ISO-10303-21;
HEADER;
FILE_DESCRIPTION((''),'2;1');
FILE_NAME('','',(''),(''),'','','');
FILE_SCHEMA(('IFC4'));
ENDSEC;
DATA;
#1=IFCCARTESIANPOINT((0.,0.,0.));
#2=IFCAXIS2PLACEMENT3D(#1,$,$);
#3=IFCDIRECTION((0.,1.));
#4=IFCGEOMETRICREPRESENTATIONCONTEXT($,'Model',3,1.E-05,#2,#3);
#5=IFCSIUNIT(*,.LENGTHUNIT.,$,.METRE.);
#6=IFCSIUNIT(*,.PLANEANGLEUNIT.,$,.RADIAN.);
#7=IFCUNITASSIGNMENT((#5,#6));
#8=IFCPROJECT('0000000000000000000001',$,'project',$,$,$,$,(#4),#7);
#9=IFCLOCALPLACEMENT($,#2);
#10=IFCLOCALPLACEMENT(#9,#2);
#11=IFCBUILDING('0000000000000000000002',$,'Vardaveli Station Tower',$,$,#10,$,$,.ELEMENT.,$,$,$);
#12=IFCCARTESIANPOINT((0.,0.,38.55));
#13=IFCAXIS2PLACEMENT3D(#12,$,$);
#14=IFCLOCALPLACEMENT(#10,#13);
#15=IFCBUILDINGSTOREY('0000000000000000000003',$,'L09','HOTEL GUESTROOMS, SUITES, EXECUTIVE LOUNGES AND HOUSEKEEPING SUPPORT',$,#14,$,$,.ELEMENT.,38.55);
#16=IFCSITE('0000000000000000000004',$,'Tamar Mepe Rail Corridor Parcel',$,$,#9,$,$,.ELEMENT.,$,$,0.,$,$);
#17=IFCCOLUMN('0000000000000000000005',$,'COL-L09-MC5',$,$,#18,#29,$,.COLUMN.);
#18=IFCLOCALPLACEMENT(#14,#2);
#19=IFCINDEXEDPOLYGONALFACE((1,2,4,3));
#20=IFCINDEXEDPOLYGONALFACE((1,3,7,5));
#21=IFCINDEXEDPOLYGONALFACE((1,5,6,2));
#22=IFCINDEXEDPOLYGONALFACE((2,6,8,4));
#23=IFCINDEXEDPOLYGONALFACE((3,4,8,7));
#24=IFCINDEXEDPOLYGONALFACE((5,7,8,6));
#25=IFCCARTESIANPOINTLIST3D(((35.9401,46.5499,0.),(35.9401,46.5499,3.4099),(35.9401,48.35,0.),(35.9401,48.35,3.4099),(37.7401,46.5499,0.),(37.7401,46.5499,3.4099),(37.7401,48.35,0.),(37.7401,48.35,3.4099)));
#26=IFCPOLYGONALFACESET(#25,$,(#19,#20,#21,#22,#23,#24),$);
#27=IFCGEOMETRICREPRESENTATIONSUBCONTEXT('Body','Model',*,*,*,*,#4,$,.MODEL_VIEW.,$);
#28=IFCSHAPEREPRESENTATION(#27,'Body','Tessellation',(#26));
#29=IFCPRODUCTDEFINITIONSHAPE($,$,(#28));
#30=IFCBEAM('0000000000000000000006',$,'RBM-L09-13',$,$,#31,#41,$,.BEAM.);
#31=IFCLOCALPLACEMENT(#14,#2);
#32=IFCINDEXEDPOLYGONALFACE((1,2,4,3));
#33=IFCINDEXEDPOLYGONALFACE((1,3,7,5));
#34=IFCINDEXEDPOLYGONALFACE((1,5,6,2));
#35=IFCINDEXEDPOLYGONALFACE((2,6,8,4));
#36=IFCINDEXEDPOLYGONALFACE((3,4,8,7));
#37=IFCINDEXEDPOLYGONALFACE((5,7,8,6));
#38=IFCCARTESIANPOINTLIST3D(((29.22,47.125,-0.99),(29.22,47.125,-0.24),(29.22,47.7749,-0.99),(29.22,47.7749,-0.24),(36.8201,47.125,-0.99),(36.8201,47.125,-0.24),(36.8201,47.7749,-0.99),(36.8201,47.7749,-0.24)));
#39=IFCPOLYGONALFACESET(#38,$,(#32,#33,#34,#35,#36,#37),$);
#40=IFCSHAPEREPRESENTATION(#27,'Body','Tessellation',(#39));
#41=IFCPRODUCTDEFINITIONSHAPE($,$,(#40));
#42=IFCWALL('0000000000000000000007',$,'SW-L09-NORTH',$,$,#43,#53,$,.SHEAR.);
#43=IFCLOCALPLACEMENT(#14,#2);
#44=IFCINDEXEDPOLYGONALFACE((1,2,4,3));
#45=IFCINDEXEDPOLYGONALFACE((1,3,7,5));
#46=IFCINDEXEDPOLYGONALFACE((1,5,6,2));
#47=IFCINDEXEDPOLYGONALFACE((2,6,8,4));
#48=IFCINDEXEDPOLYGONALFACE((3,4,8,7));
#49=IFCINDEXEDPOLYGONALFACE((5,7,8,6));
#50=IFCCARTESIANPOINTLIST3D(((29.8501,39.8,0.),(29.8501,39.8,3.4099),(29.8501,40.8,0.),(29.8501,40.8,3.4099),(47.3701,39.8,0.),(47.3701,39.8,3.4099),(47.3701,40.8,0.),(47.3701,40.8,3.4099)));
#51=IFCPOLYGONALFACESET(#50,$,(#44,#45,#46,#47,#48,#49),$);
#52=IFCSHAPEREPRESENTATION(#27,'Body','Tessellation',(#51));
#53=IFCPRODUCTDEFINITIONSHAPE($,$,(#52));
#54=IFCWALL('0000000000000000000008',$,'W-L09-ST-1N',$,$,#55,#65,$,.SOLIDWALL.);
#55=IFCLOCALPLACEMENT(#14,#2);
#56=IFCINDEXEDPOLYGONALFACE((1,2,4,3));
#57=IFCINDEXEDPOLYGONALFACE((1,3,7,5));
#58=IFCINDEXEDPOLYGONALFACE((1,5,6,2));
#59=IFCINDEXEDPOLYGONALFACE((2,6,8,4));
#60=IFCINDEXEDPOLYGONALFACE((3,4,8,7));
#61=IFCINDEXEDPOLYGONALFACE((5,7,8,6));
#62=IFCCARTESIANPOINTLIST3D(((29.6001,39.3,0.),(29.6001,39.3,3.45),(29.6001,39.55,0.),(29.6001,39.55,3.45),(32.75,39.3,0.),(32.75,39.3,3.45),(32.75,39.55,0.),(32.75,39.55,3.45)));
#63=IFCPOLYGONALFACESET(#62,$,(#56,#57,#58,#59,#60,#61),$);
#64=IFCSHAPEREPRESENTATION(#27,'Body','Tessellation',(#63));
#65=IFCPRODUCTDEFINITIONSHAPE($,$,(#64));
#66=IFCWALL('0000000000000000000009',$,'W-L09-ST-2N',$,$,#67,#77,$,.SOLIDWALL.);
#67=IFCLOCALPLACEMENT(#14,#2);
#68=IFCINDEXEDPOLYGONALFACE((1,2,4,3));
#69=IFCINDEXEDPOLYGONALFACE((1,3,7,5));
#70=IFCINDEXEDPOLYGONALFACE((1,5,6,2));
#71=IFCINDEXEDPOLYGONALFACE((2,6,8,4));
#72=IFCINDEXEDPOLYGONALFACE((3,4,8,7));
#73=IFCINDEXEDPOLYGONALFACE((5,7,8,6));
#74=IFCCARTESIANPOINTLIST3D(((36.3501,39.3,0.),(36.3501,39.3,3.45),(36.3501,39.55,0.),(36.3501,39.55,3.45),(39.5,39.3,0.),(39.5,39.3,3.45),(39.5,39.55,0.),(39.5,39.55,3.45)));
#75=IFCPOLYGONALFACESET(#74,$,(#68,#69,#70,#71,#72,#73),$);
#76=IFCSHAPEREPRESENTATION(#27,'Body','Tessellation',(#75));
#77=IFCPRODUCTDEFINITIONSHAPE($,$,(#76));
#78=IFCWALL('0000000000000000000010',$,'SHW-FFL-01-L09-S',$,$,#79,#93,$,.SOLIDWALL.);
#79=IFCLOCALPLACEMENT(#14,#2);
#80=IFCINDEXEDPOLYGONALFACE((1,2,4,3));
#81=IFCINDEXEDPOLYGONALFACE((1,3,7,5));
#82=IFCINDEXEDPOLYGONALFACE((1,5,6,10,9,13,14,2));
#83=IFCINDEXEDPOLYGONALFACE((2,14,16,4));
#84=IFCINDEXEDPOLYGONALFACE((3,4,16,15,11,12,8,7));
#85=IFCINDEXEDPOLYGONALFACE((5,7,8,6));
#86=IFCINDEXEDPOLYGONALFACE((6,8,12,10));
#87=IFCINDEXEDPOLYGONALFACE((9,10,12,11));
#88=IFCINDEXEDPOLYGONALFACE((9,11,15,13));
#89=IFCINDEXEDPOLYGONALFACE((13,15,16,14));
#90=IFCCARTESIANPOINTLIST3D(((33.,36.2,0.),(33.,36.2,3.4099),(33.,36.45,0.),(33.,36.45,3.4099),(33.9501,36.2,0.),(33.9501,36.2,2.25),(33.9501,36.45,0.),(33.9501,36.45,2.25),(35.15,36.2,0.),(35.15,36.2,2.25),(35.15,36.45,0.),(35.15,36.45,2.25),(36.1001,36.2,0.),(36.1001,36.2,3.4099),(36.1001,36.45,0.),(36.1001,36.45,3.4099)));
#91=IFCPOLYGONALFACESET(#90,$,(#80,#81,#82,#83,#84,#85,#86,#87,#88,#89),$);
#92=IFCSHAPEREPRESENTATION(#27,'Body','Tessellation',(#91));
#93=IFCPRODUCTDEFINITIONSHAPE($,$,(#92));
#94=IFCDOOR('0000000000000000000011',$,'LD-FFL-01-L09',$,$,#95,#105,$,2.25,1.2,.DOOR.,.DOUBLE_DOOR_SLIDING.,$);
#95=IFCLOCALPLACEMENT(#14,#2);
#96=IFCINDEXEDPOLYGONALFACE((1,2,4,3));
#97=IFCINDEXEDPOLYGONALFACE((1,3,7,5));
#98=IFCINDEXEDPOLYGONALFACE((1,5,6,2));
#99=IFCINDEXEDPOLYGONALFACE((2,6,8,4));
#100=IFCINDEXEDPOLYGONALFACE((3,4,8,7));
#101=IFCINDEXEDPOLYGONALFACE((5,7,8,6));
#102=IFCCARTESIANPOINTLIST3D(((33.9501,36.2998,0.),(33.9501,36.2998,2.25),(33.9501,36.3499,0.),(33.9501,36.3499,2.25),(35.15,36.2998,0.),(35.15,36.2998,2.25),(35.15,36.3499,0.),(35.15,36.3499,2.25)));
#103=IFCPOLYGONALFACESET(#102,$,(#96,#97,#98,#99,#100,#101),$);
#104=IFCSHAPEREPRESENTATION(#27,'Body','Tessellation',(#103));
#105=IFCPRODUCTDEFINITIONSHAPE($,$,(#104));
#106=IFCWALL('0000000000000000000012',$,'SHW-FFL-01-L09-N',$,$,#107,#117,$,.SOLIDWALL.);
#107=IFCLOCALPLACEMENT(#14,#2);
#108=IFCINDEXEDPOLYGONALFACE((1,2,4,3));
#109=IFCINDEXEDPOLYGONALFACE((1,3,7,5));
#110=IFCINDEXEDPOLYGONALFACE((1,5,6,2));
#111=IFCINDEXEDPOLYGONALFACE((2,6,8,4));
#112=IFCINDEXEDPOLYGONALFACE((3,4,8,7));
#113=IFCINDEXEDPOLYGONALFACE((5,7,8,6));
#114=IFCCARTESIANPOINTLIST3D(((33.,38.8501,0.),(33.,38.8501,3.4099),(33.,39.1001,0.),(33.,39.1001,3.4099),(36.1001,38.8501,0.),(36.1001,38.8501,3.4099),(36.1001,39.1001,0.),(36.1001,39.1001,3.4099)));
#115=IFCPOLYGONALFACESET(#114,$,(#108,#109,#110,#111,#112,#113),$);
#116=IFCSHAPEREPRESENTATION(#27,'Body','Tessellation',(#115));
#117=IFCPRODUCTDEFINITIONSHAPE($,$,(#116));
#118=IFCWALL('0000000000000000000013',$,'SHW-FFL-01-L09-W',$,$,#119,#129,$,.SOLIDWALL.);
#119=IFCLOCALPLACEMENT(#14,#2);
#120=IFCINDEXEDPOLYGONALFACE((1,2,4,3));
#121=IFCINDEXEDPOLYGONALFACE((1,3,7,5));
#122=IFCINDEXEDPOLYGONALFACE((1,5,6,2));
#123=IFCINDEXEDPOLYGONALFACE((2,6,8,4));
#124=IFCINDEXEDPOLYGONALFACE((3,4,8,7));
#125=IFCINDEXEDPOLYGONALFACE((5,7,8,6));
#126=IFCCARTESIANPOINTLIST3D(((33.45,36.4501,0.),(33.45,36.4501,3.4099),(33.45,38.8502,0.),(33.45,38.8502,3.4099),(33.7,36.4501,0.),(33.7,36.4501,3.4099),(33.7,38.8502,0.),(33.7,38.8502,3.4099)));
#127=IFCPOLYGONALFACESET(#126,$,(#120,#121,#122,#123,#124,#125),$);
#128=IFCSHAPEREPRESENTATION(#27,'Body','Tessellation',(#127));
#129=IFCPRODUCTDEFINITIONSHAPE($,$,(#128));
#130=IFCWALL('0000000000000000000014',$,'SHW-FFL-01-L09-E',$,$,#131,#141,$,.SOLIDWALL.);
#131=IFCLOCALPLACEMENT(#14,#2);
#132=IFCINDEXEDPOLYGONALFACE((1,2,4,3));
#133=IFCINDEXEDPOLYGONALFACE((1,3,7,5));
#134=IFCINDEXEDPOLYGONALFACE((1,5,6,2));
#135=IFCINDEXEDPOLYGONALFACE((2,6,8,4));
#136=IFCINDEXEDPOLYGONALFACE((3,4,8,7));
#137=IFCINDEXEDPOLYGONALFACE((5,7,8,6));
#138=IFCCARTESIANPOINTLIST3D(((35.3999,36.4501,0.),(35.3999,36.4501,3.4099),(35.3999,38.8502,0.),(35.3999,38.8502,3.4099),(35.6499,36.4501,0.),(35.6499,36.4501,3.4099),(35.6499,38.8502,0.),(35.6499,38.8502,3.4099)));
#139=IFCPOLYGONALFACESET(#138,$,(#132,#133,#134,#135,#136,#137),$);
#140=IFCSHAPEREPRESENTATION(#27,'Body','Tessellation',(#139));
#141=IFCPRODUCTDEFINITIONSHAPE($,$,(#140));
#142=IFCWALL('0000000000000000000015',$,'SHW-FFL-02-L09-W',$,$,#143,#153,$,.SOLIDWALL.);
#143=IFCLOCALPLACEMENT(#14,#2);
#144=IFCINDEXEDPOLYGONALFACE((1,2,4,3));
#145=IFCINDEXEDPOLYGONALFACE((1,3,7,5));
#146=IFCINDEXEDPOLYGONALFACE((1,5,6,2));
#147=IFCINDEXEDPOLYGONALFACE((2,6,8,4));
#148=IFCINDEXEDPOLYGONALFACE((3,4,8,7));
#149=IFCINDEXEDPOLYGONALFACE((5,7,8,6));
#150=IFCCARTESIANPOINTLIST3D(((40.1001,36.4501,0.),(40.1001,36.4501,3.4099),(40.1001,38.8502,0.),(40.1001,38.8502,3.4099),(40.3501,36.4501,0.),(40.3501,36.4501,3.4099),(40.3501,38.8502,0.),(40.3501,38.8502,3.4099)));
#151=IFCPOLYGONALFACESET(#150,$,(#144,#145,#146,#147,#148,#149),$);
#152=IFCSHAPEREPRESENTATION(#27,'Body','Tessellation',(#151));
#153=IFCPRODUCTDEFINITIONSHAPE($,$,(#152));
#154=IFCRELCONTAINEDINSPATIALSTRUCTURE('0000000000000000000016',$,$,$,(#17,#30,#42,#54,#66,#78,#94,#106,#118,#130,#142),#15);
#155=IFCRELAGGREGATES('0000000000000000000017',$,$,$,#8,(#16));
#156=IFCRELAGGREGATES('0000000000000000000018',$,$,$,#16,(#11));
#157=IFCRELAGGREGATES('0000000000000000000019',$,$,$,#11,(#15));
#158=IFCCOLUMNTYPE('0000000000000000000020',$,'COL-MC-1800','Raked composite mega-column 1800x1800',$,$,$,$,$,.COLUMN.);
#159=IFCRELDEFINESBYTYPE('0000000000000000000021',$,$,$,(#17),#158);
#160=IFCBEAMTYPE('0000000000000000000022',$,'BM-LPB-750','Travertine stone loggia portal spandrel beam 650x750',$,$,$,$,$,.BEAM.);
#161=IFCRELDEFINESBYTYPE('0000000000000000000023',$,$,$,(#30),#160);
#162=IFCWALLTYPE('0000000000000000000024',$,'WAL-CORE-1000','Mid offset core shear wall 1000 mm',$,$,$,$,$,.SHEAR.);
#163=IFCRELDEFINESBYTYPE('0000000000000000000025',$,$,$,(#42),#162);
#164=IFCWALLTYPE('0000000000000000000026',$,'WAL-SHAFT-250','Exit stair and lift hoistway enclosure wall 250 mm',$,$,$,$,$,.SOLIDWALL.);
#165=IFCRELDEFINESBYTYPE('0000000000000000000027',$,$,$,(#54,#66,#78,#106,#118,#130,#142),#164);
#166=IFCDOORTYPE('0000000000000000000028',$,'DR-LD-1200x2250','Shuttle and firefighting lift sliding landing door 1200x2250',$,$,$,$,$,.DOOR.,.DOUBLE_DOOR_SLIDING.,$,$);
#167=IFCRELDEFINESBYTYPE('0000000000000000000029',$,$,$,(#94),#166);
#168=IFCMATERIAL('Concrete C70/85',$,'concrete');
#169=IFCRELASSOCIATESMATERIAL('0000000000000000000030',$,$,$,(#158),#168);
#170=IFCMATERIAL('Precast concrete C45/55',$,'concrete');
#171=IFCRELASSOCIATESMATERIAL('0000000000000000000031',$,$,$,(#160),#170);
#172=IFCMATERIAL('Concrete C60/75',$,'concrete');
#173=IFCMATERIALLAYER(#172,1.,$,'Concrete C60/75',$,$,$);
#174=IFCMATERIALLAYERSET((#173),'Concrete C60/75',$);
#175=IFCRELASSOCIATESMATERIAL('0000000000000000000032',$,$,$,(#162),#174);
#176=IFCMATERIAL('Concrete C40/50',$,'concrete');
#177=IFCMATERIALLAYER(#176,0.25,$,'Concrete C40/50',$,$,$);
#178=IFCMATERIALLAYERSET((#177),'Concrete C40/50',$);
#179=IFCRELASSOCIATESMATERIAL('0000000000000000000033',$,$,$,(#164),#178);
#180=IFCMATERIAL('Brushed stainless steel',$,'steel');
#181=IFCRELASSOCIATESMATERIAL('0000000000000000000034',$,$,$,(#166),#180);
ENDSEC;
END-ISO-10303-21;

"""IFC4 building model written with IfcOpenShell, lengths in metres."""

from ifc_helpers import new_model, si_unit, direction, frame, frame_2d, origin, origin_2d, place, context, subcontext, project, spatial, rectangle, extrude, source, transform, mapped, material, layer, layer_set, material_profile, profile_set, type_object, element, fill, save


model = new_model("IFC4")

# Units and contexts
model_context = context("Model", 3, precision=1e-05, world=origin(), true_north=direction((0.0, 1.0)))
body_context = subcontext(model_context, "Body", "Model", "MODEL_VIEW")
ifc_project = project(units=[si_unit("LENGTHUNIT", "METRE"), si_unit("PLANEANGLEUNIT", "RADIAN")], contexts=[model_context])

# Site, building, storey
site_placement = place(None, origin())
site = spatial("IfcSite", under=ifc_project, at=site_placement, Name="Tamar Mepe Rail Corridor Parcel", CompositionType="ELEMENT", RefElevation=0.0)
building_placement = place(site_placement, origin())
building = spatial("IfcBuilding", under=site, at=building_placement, Name="Vardaveli Station Tower", CompositionType="ELEMENT")
storey_placement = place(building_placement, frame((0.0, 0.0, 38.55)))
storey = spatial("IfcBuildingStorey", under=building, at=storey_placement, Name="L09", Description="HOTEL GUESTROOMS, SUITES, EXECUTIVE LOUNGES AND HOUSEKEEPING SUPPORT", CompositionType="ELEMENT", Elevation=38.55)

# Column
ifc_material_1 = material(Name="Concrete C70/85", Category="concrete")
ifc_material_profile_1 = material_profile(ifc_material_1, rectangle(XDim=1.8, YDim=1.8, at=origin_2d()), Name="MC 1800x1800")
ifc_profile_set_1 = profile_set([ifc_material_profile_1], Name="Concrete C70/85")
column_type = type_object("IfcColumnType", Name="COL-MC-1800", Description="Raked composite mega-column 1800x1800", PredefinedType="COLUMN", material=ifc_profile_set_1)
shared_shape_1 = source(origin(), body_context, "Body", "SweptSolid", [
    extrude(rectangle(XDim=1.8, YDim=1.8, at=origin_2d()), origin(), (0.0, 0.0, 1.0), 3.4099),
])
column_placement = place(storey_placement, frame((36.8401, 47.45, 0.0), z_axis=(0.0, 0.0, 1.0), x_axis=(1.0, 0.0, 0.0)))
element("IfcColumn", 1, at=column_placement, inside=storey, type_object=column_type, Name="COL-L09-MC5", PredefinedType="COLUMN", context=body_context, shape_type="MappedRepresentation", body=[
    mapped(shared_shape_1, transform((0.0, 0.0, 0.0), scale=1.0)),
])

# Beam
ifc_material_2 = material(Name="Precast concrete C45/55", Category="concrete")
ifc_material_profile_2 = material_profile(ifc_material_2, rectangle(XDim=0.6499, YDim=0.75, at=origin_2d()), Name="LPB 650x750")
ifc_profile_set_2 = profile_set([ifc_material_profile_2], Name="Precast concrete C45/55")
beam_type = type_object("IfcBeamType", Name="BM-LPB-750", Description="Travertine stone loggia portal spandrel beam 650x750", PredefinedType="BEAM", material=ifc_profile_set_2)
shared_shape_2 = source(origin(), body_context, "Body", "SweptSolid", [
    extrude(rectangle(XDim=0.6499, YDim=0.75, at=origin_2d()), origin(), (0.0, 0.0, 1.0), 7.6001),
])
beam_placement = place(storey_placement, frame((36.8201, 47.45, -0.615), z_axis=(-1.0, 0.0, 0.0), x_axis=(0.0, -1.0, 0.0)))
element("IfcBeam", 2, at=beam_placement, inside=storey, type_object=beam_type, Name="RBM-L09-13", PredefinedType="BEAM", context=body_context, shape_type="MappedRepresentation", body=[
    mapped(shared_shape_2, transform((0.0, 0.0, 0.0), scale=1.0)),
])

# Walls
ifc_material_3 = material(Name="Concrete C60/75", Category="concrete")
ifc_layer_1 = layer(ifc_material_3, 1.0, Name="Concrete C60/75")
ifc_layer_set_1 = layer_set([ifc_layer_1], Name="Concrete C60/75")
wall_type_1 = type_object("IfcWallType", Name="WAL-CORE-1000", Description="Mid offset core shear wall 1000 mm", PredefinedType="SHEAR", material=ifc_layer_set_1)
shared_shape_3 = source(origin(), body_context, "Body", "SweptSolid", [
    extrude(rectangle(XDim=17.52, YDim=1.0, at=frame_2d((8.76, 0.0))), origin(), (0.0, 0.0, 1.0), 3.4099),
])
wall_1_placement = place(storey_placement, frame((29.8501, 40.3, 0.0), z_axis=(0.0, 0.0, 1.0), x_axis=(1.0, 0.0, 0.0)))
element("IfcWall", 3, at=wall_1_placement, inside=storey, type_object=wall_type_1, Name="SW-L09-NORTH", PredefinedType="SHEAR", context=body_context, shape_type="MappedRepresentation", body=[
    mapped(shared_shape_3, transform((0.0, 0.0, 0.0), scale=1.0)),
])
ifc_material_4 = material(Name="Concrete C40/50", Category="concrete")
ifc_layer_2 = layer(ifc_material_4, 0.25, Name="Concrete C40/50")
ifc_layer_set_2 = layer_set([ifc_layer_2], Name="Concrete C40/50")
wall_type_2 = type_object("IfcWallType", Name="WAL-SHAFT-250", Description="Exit stair and lift hoistway enclosure wall 250 mm", PredefinedType="SOLIDWALL", material=ifc_layer_set_2)
shared_shape_4 = source(origin(), body_context, "Body", "SweptSolid", [
    extrude(rectangle(XDim=3.1499, YDim=0.25, at=frame_2d((1.575, 0.0))), origin(), (0.0, 0.0, 1.0), 3.45),
])
for number, where, z_axis, x_axis, name in (
    (4, (29.6001, 39.425, 0.0), (0.0, 0.0, 1.0), (1.0, 0.0, 0.0), "W-L09-ST-1N"),
    (5, (36.3501, 39.425, 0.0), (0.0, 0.0, 1.0), (1.0, 0.0, 0.0), "W-L09-ST-2N"),
):
    element("IfcWall", number, at=place(storey_placement, frame(where, z_axis=z_axis, x_axis=x_axis)), inside=storey, type_object=wall_type_2, Name=name, PredefinedType="SOLIDWALL", context=body_context, shape_type="MappedRepresentation", body=[
        mapped(shared_shape_4, transform((0.0, 0.0, 0.0), scale=1.0)),
    ])

# Wall, opening, door
shared_shape_5 = source(origin(), body_context, "Body", "SweptSolid", [
    extrude(rectangle(XDim=3.1001, YDim=0.25, at=frame_2d((1.55, 0.0))), origin(), (0.0, 0.0, 1.0), 3.4099),
])
wall_2_placement = place(storey_placement, frame((33.0, 36.325, 0.0), z_axis=(0.0, 0.0, 1.0), x_axis=(1.0, 0.0, 0.0)))
wall_2 = element("IfcWall", 6, at=wall_2_placement, inside=storey, type_object=wall_type_2, Name="SHW-FFL-01-L09-S", PredefinedType="SOLIDWALL", context=body_context, shape_type="MappedRepresentation", body=[
    mapped(shared_shape_5, transform((0.0, 0.0, 0.0), scale=1.0)),
])
shared_shape_6 = source(origin(), body_context, "Body", "SweptSolid", [
    extrude(rectangle(XDim=1.2, YDim=2.25, at=frame_2d((0.6001, 1.125))), frame((0.0, 0.135, 0.0), z_axis=(0.0, -1.0, 0.0), x_axis=(1.0, 0.0, 0.0)), (0.0, 0.0, 1.0), 0.27),
])
opening_1_placement = place(wall_2_placement, frame((0.95, 0.0, 0.0)))
opening_1 = element("IfcOpeningElement", 7, at=opening_1_placement, cuts=wall_2, PredefinedType="OPENING", context=body_context, shape_type="MappedRepresentation", body=[
    mapped(shared_shape_6, transform((0.0, 0.0, 0.0), scale=1.0)),
])
ifc_material_5 = material(Name="Brushed stainless steel", Category="steel")
door_type = type_object("IfcDoorType", Name="DR-LD-1200x2250", Description="Shuttle and firefighting lift sliding landing door 1200x2250", OperationType="DOUBLE_DOOR_SLIDING", PredefinedType="DOOR", material=ifc_material_5)
shared_shape_7 = source(origin(), body_context, "Body", "SweptSolid", [
    extrude(rectangle(XDim=1.2, YDim=2.25, at=frame_2d((0.6001, 1.125))), frame((0.0, 0.0249, 0.0), z_axis=(0.0, -1.0, 0.0), x_axis=(1.0, 0.0, 0.0)), (0.0, 0.0, 1.0), 0.05),
])
door_1_placement = place(opening_1_placement, origin())
door_1 = element("IfcDoor", 8, at=door_1_placement, inside=storey, type_object=door_type, Name="LD-FFL-01-L09", OperationType="DOUBLE_DOOR_SLIDING", OverallHeight=2.25, OverallWidth=1.2, PredefinedType="DOOR", context=body_context, shape_type="MappedRepresentation", body=[
    mapped(shared_shape_7, transform((0.0, 0.0, 0.0), scale=1.0)),
])
fill(opening_1, door_1)

# Walls
wall_3_placement = place(storey_placement, frame((33.0, 38.9751, 0.0), z_axis=(0.0, 0.0, 1.0), x_axis=(1.0, 0.0, 0.0)))
element("IfcWall", 9, at=wall_3_placement, inside=storey, type_object=wall_type_2, Name="SHW-FFL-01-L09-N", PredefinedType="SOLIDWALL", context=body_context, shape_type="MappedRepresentation", body=[
    mapped(shared_shape_5, transform((0.0, 0.0, 0.0), scale=1.0)),
])
shared_shape_8 = source(origin(), body_context, "Body", "SweptSolid", [
    extrude(rectangle(XDim=2.4001, YDim=0.25, at=frame_2d((1.2002, 0.0))), origin(), (0.0, 0.0, 1.0), 3.4099),
])
for number, where, z_axis, x_axis, name in (
    (10, (33.575, 36.45, 0.0), (0.0, 0.0, 1.0), (0.0, 1.0, 0.0), "SHW-FFL-01-L09-W"),
    (11, (35.5249, 36.45, 0.0), (0.0, 0.0, 1.0), (0.0, 1.0, 0.0), "SHW-FFL-01-L09-E"),
    (12, (40.2251, 36.45, 0.0), (0.0, 0.0, 1.0), (0.0, 1.0, 0.0), "SHW-FFL-02-L09-W"),
):
    element("IfcWall", number, at=place(storey_placement, frame(where, z_axis=z_axis, x_axis=x_axis)), inside=storey, type_object=wall_type_2, Name=name, PredefinedType="SOLIDWALL", context=body_context, shape_type="MappedRepresentation", body=[
        mapped(shared_shape_8, transform((0.0, 0.0, 0.0), scale=1.0)),
    ])

save(model, "model.ifc")
